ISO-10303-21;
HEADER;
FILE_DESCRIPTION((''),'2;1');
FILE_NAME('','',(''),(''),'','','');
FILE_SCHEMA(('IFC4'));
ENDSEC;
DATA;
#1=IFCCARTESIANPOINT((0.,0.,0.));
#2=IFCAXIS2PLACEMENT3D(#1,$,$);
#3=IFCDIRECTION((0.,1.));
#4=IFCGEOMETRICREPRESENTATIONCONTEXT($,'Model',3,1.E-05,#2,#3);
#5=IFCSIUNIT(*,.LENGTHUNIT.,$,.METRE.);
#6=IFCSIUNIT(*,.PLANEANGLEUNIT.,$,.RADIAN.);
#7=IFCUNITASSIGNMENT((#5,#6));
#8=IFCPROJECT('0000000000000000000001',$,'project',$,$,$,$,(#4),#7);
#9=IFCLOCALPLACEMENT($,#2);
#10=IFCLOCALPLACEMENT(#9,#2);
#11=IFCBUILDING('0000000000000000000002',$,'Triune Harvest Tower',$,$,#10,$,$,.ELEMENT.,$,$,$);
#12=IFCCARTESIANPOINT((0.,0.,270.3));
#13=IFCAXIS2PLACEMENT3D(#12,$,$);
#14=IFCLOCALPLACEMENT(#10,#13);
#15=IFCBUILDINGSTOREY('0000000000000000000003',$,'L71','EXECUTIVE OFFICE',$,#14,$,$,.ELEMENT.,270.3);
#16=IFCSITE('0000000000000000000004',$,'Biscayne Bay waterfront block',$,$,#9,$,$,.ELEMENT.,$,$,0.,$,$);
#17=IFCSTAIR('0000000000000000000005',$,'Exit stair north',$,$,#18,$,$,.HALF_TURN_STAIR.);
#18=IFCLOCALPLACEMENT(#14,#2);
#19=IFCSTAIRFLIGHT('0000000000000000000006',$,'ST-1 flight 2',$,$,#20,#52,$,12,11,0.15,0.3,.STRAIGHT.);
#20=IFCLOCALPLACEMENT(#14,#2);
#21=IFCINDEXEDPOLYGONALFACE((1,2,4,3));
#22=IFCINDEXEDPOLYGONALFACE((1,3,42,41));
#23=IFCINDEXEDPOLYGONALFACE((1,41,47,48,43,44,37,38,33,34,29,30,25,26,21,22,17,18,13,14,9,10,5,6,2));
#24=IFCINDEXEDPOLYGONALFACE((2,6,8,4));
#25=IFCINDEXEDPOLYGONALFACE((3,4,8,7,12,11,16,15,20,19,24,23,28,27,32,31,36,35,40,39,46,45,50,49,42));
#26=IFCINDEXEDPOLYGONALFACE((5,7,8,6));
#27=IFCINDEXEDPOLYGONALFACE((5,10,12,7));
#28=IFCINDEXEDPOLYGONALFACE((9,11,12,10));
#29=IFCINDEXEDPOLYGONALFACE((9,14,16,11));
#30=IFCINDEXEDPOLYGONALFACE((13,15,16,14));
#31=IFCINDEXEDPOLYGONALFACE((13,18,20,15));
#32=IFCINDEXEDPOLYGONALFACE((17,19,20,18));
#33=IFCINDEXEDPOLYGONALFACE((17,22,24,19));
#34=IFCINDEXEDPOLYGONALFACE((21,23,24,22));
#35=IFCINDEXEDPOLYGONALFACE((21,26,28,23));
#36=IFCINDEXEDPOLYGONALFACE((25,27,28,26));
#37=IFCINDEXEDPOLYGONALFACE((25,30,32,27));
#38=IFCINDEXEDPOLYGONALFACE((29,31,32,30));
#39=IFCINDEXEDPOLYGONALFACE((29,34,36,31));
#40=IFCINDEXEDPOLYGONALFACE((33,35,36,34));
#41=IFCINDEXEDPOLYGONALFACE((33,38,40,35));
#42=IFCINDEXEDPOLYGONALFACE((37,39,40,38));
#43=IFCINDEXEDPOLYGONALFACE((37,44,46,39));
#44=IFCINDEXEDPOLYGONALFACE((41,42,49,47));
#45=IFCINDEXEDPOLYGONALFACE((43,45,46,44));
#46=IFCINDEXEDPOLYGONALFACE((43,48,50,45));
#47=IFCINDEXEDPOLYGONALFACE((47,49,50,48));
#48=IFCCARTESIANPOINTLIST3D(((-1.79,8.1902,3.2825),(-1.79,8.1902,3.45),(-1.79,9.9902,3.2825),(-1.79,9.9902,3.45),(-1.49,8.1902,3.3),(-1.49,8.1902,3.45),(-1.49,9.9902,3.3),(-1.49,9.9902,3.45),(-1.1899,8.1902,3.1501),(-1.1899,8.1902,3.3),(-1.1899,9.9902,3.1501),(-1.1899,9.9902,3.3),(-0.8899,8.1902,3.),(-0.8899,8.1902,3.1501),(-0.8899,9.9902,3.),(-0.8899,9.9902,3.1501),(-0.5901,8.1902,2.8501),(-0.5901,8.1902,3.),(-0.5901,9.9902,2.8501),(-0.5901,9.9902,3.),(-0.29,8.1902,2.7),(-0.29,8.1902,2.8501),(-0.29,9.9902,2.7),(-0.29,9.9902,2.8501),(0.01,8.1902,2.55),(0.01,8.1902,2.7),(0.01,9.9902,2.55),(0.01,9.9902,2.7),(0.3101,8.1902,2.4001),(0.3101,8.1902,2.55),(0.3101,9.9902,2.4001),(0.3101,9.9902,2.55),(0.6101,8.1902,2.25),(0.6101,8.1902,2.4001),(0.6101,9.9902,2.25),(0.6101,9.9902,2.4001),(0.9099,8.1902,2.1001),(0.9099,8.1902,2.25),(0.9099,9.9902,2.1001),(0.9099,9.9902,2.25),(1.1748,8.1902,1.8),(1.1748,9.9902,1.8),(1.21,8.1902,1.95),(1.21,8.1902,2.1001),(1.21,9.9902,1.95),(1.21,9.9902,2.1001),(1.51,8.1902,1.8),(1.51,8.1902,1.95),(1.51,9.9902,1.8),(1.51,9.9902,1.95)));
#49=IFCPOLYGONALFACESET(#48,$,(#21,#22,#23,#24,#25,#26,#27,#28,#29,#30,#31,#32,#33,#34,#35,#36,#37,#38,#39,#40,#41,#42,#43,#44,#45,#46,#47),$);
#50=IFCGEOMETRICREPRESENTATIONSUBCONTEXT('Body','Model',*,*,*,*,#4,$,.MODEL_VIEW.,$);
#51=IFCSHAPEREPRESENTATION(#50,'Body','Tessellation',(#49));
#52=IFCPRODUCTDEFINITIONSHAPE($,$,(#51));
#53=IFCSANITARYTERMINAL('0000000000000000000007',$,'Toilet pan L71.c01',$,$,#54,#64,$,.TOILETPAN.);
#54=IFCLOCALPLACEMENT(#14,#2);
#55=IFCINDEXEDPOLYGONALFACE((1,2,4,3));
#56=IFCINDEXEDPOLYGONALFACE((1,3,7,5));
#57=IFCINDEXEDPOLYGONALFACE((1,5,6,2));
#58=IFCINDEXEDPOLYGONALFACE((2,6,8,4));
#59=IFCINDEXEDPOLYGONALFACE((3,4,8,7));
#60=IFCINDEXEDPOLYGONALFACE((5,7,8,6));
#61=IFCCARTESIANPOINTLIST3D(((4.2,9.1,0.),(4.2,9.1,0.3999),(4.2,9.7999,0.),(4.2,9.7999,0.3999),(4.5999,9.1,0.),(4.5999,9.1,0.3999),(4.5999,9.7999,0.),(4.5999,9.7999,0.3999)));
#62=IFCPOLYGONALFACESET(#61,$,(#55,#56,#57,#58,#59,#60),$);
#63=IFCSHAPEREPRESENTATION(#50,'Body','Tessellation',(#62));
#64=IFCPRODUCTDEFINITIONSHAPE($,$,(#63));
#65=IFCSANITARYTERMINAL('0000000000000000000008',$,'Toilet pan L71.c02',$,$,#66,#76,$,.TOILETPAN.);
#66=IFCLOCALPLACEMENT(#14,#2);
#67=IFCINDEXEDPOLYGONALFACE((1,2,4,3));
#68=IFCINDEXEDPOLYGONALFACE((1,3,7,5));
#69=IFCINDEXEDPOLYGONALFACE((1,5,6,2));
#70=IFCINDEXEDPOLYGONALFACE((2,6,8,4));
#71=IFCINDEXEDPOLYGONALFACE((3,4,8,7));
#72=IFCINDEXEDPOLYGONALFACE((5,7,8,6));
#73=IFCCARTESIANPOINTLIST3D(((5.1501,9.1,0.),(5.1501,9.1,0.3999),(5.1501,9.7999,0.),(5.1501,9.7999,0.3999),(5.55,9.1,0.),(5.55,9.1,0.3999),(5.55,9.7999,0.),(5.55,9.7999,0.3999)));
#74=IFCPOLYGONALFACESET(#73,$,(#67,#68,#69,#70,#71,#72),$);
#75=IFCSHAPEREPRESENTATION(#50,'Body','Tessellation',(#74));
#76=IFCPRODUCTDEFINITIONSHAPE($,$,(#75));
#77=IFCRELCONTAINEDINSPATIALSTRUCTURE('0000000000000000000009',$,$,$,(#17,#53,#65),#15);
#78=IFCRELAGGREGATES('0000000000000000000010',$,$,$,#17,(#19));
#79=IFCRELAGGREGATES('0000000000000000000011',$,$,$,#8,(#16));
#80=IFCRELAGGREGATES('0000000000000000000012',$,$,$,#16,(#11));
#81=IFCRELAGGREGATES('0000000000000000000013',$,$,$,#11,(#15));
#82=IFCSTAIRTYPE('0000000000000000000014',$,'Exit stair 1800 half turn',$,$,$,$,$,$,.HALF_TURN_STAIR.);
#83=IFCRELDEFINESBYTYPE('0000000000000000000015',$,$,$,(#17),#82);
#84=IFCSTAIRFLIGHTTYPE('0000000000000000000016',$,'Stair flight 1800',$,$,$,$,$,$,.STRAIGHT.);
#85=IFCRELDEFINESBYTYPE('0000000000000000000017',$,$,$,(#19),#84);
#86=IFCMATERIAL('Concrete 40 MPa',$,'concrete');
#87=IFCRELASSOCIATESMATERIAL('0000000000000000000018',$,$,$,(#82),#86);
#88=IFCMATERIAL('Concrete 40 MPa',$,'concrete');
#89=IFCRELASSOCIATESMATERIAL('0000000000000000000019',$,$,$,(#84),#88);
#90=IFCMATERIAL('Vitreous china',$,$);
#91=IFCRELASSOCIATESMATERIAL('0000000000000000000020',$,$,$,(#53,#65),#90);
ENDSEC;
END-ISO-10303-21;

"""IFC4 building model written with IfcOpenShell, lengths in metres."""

from ifc_helpers import new_model, si_unit, direction, frame, origin, origin_2d, place, context, subcontext, project, spatial, polyline, rectangle, outline, extrude, source, transform, mapped, material, type_object, element, aggregate, save


model = new_model("IFC4")

# Units and contexts
model_context = context("Model", 3, precision=1e-05, world=origin(), true_north=direction((0.0, 1.0)))
body_context = subcontext(model_context, "Body", "Model", "MODEL_VIEW")
ifc_project = project(units=[si_unit("LENGTHUNIT", "METRE"), si_unit("PLANEANGLEUNIT", "RADIAN")], contexts=[model_context])

# Site, building, storey
site_placement = place(None, origin())
site = spatial("IfcSite", under=ifc_project, at=site_placement, Name="Biscayne Bay waterfront block", CompositionType="ELEMENT", RefElevation=0.0)
building_placement = place(site_placement, origin())
building = spatial("IfcBuilding", under=site, at=building_placement, Name="Triune Harvest Tower", CompositionType="ELEMENT")
storey_placement = place(building_placement, frame((0.0, 0.0, 270.3)))
storey = spatial("IfcBuildingStorey", under=building, at=storey_placement, Name="L71", Description="EXECUTIVE OFFICE", CompositionType="ELEMENT", Elevation=270.3)

# Stair, stair flight
ifc_material_1 = material(Name="Concrete 40 MPa", Category="concrete")
stair_type = type_object("IfcStairType", Name="Exit stair 1800 half turn", PredefinedType="HALF_TURN_STAIR", material=ifc_material_1)
stair_placement = place(storey_placement, origin())
stair = element("IfcStair", 1, at=stair_placement, inside=storey, type_object=stair_type, Name="Exit stair north", PredefinedType="HALF_TURN_STAIR")
ifc_material_2 = material(Name="Concrete 40 MPa", Category="concrete")
stair_flight_type = type_object("IfcStairFlightType", Name="Stair flight 1800", PredefinedType="STRAIGHT", material=ifc_material_2)
shared_shape_1 = source(origin(), body_context, "Body", "SweptSolid", [
    extrude(outline(polyline([(0.0, 0.0), (0.0, 0.1499), (0.3, 0.1499), (0.3, 0.3), (0.6001, 0.3), (0.6001, 0.45), (0.8999, 0.45), (0.8999, 0.6001), (1.2, 0.6001), (1.2, 0.75), (1.5, 0.75), (1.5, 0.8999), (1.8, 0.8999), (1.8, 1.05), (2.1001, 1.05), (2.1001, 1.2), (2.3999, 1.2), (2.3999, 1.3501), (2.7, 1.3501), (2.7, 1.5), (3.0, 1.5), (3.0, 1.6499), (3.3, 1.6499), (3.3, 1.8), (3.3, 1.4824), (0.3352, 0.0), (0.0, 0.0)])), frame((0.0, 0.8999, 0.0), z_axis=(0.0, -1.0, 0.0), x_axis=(1.0, 0.0, 0.0)), (0.0, 0.0, 1.0), 1.8),
])
stair_flight_placement = place(storey_placement, frame((1.51, 9.0901, 1.8), z_axis=(0.0, 0.0, 1.0), x_axis=(-1.0, 0.0, 0.0)))
stair_flight = element("IfcStairFlight", 2, at=stair_flight_placement, type_object=stair_flight_type, Name="ST-1 flight 2", NumberOfRisers=12, NumberOfTreads=11, PredefinedType="STRAIGHT", RiserHeight=0.15, TreadLength=0.3, context=body_context, shape_type="MappedRepresentation", body=[
    mapped(shared_shape_1, transform((0.0, 0.0, 0.0), scale=1.0)),
])
aggregate(stair, [stair_flight])

# Sanitary terminals
ifc_material_3 = material(Name="Vitreous china")
shared_shape_2 = source(origin(), body_context, "Body", "SweptSolid", [
    extrude(rectangle(XDim=0.3999, YDim=0.7, at=origin_2d()), origin(), (0.0, 0.0, 1.0), 0.3999),
])
for number, where, z_axis, x_axis, name in (
    (3, (4.3999, 9.45, 0.0), (0.0, 0.0, 1.0), (1.0, 0.0, 0.0), "Toilet pan L71.c01"),
    (4, (5.3501, 9.45, 0.0), (0.0, 0.0, 1.0), (1.0, 0.0, 0.0), "Toilet pan L71.c02"),
):
    element("IfcSanitaryTerminal", number, at=place(storey_placement, frame(where, z_axis=z_axis, x_axis=x_axis)), inside=storey, material=ifc_material_3, Name=name, PredefinedType="TOILETPAN", context=body_context, shape_type="MappedRepresentation", body=[
        mapped(shared_shape_2, transform((0.0, 0.0, 0.0), scale=1.0)),
    ])

save(model, "model.ifc")
